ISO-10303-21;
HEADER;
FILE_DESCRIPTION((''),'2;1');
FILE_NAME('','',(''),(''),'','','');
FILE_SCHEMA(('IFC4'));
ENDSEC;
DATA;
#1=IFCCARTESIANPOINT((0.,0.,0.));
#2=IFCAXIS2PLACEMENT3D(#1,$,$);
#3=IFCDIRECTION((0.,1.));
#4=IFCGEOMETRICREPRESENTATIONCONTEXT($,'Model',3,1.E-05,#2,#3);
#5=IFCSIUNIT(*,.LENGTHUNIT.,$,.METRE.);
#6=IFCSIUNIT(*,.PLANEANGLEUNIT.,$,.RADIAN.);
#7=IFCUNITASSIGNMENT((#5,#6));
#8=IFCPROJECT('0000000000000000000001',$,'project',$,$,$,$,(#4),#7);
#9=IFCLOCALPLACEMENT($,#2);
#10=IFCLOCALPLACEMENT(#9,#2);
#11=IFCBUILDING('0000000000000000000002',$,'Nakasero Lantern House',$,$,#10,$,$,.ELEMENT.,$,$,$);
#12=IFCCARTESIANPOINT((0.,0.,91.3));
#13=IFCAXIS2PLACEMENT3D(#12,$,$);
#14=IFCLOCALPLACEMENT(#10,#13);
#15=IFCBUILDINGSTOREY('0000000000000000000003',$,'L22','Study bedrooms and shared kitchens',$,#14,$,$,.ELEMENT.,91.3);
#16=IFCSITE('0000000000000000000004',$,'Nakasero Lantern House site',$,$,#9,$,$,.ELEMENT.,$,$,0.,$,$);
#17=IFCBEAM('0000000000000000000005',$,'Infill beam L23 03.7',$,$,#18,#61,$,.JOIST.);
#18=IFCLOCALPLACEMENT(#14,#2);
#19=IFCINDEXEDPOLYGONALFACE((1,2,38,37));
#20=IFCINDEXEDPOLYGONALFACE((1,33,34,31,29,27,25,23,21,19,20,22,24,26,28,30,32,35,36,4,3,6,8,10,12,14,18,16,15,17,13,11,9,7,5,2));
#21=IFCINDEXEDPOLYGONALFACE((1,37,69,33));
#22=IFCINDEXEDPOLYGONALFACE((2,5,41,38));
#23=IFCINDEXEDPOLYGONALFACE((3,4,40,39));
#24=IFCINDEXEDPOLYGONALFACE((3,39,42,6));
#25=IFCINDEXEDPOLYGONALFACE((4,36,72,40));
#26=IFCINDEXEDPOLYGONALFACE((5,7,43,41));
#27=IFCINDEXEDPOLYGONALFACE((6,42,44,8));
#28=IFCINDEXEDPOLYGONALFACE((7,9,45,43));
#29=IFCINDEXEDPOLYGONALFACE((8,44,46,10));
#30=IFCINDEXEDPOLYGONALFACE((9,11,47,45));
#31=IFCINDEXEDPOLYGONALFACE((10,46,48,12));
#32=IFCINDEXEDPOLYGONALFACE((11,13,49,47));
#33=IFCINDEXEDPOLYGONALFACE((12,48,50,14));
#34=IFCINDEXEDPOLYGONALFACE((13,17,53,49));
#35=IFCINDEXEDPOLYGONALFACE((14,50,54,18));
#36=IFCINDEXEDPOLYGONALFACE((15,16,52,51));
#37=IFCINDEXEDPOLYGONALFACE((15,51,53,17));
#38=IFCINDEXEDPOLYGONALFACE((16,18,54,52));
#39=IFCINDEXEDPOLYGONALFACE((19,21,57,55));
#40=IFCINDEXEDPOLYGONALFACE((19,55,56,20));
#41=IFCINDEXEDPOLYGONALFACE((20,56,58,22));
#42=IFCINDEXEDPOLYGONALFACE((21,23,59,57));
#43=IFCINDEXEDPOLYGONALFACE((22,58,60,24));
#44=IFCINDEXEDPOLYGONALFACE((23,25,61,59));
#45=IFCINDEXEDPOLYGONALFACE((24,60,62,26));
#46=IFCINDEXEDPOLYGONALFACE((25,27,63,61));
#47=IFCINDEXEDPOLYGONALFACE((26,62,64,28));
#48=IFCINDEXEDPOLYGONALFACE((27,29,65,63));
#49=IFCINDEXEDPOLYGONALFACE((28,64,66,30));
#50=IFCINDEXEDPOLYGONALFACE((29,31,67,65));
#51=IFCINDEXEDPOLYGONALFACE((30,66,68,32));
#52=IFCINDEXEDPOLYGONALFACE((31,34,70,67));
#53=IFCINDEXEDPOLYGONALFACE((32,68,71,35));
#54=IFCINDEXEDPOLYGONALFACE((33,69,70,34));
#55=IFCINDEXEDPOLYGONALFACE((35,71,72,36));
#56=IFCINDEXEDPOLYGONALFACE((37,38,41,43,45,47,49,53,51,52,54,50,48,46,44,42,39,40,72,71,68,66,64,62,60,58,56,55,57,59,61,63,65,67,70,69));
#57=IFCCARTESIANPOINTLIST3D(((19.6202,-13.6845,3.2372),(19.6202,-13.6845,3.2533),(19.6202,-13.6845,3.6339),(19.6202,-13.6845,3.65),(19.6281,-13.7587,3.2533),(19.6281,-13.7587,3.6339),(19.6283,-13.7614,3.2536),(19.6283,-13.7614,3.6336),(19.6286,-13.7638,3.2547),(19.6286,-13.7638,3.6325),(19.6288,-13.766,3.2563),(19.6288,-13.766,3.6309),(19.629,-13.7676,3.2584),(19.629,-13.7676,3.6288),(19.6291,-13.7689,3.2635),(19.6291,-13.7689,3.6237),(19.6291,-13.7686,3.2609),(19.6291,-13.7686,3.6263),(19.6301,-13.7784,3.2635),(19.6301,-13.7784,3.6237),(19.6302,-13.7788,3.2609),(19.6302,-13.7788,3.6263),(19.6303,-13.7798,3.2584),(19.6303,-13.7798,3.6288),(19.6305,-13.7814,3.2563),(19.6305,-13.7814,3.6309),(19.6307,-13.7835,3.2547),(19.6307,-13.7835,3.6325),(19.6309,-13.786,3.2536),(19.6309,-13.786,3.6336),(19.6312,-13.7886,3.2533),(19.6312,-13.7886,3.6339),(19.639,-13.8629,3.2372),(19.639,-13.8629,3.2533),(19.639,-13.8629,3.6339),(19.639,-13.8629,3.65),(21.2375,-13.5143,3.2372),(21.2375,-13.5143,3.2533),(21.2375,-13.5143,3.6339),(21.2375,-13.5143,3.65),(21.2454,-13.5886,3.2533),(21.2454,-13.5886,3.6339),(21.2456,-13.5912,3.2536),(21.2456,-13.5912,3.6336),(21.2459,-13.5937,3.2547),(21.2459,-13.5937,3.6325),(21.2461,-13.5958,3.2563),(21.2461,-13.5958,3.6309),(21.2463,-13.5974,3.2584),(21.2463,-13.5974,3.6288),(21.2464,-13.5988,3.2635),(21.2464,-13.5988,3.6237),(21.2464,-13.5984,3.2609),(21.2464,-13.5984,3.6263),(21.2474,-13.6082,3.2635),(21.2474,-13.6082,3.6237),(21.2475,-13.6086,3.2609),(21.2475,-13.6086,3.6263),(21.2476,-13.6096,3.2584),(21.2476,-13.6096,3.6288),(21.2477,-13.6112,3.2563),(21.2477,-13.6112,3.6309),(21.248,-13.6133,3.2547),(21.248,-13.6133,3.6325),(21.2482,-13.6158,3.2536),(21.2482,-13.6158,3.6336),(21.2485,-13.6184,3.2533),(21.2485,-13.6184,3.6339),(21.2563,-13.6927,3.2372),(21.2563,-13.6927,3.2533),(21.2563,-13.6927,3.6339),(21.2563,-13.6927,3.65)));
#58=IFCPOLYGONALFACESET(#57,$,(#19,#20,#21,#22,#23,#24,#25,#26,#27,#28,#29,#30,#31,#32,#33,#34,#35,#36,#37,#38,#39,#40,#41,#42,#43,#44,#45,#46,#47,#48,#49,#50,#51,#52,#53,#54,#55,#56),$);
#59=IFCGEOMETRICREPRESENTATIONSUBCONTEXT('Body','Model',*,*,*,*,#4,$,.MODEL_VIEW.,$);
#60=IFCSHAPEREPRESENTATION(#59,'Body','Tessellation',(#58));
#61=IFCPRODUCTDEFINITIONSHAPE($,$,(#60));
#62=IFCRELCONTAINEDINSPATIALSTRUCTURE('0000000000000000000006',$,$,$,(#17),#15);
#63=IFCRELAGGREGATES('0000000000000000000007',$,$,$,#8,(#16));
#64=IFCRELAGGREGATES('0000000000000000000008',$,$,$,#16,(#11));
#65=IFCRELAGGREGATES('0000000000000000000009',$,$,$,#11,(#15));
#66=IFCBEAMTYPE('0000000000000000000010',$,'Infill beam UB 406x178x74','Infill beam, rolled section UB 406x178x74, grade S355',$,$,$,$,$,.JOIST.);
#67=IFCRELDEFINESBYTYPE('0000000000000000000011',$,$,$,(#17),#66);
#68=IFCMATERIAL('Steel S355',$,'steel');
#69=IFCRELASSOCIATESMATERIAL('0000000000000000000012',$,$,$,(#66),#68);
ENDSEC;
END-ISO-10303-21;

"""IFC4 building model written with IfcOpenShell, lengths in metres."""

from ifc_helpers import new_model, si_unit, direction, frame, origin, origin_2d, place, context, subcontext, project, spatial, i_section, extrude, material, material_profile, profile_set, type_object, element, save


model = new_model("IFC4")

# Units and contexts
model_context = context("Model", 3, precision=1e-05, world=origin(), true_north=direction((0.0, 1.0)))
body_context = subcontext(model_context, "Body", "Model", "MODEL_VIEW")
ifc_project = project(units=[si_unit("LENGTHUNIT", "METRE"), si_unit("PLANEANGLEUNIT", "RADIAN")], contexts=[model_context])

# Site, building, storey
site_placement = place(None, origin())
site = spatial("IfcSite", under=ifc_project, at=site_placement, Name="Nakasero Lantern House site", CompositionType="ELEMENT", RefElevation=0.0)
building_placement = place(site_placement, origin())
building = spatial("IfcBuilding", under=site, at=building_placement, Name="Nakasero Lantern House", CompositionType="ELEMENT")
storey_placement = place(building_placement, frame((0.0, 0.0, 91.3)))
storey = spatial("IfcBuildingStorey", under=building, at=storey_placement, Name="L22", Description="Study bedrooms and shared kitchens", CompositionType="ELEMENT", Elevation=91.3)

# Beam
ifc_material_1 = material(Name="Steel S355", Category="steel")
ifc_material_profile = material_profile(ifc_material_1, i_section(OverallWidth=0.1794, OverallDepth=0.4128, WebThickness=0.0095, FlangeThickness=0.0161, FilletRadius=0.0103, at=origin_2d()), Name="UB 406x178x74")
ifc_profile_set = profile_set([ifc_material_profile], Name="Steel S355")
beam_type = type_object("IfcBeamType", Name="Infill beam UB 406x178x74", Description="Infill beam, rolled section UB 406x178x74, grade S355", PredefinedType="JOIST", material=ifc_profile_set)
beam_placement = place(storey_placement, frame((19.6296, -13.7737, 3.4436), z_axis=(0.99451, 0.104646, 0.0), x_axis=(-0.104646, 0.99451, 0.0)))
element("IfcBeam", 1, at=beam_placement, inside=storey, type_object=beam_type, Name="Infill beam L23 03.7", PredefinedType="JOIST", context=body_context, shape_type="SweptSolid", body=[
    extrude(i_section(OverallWidth=0.1794, OverallDepth=0.4128, WebThickness=0.0095, FlangeThickness=0.0161, FilletRadius=0.0103, at=origin_2d()), origin(), (0.0, 0.0, 1.0), 1.6262),
])

save(model, "model.ifc")
